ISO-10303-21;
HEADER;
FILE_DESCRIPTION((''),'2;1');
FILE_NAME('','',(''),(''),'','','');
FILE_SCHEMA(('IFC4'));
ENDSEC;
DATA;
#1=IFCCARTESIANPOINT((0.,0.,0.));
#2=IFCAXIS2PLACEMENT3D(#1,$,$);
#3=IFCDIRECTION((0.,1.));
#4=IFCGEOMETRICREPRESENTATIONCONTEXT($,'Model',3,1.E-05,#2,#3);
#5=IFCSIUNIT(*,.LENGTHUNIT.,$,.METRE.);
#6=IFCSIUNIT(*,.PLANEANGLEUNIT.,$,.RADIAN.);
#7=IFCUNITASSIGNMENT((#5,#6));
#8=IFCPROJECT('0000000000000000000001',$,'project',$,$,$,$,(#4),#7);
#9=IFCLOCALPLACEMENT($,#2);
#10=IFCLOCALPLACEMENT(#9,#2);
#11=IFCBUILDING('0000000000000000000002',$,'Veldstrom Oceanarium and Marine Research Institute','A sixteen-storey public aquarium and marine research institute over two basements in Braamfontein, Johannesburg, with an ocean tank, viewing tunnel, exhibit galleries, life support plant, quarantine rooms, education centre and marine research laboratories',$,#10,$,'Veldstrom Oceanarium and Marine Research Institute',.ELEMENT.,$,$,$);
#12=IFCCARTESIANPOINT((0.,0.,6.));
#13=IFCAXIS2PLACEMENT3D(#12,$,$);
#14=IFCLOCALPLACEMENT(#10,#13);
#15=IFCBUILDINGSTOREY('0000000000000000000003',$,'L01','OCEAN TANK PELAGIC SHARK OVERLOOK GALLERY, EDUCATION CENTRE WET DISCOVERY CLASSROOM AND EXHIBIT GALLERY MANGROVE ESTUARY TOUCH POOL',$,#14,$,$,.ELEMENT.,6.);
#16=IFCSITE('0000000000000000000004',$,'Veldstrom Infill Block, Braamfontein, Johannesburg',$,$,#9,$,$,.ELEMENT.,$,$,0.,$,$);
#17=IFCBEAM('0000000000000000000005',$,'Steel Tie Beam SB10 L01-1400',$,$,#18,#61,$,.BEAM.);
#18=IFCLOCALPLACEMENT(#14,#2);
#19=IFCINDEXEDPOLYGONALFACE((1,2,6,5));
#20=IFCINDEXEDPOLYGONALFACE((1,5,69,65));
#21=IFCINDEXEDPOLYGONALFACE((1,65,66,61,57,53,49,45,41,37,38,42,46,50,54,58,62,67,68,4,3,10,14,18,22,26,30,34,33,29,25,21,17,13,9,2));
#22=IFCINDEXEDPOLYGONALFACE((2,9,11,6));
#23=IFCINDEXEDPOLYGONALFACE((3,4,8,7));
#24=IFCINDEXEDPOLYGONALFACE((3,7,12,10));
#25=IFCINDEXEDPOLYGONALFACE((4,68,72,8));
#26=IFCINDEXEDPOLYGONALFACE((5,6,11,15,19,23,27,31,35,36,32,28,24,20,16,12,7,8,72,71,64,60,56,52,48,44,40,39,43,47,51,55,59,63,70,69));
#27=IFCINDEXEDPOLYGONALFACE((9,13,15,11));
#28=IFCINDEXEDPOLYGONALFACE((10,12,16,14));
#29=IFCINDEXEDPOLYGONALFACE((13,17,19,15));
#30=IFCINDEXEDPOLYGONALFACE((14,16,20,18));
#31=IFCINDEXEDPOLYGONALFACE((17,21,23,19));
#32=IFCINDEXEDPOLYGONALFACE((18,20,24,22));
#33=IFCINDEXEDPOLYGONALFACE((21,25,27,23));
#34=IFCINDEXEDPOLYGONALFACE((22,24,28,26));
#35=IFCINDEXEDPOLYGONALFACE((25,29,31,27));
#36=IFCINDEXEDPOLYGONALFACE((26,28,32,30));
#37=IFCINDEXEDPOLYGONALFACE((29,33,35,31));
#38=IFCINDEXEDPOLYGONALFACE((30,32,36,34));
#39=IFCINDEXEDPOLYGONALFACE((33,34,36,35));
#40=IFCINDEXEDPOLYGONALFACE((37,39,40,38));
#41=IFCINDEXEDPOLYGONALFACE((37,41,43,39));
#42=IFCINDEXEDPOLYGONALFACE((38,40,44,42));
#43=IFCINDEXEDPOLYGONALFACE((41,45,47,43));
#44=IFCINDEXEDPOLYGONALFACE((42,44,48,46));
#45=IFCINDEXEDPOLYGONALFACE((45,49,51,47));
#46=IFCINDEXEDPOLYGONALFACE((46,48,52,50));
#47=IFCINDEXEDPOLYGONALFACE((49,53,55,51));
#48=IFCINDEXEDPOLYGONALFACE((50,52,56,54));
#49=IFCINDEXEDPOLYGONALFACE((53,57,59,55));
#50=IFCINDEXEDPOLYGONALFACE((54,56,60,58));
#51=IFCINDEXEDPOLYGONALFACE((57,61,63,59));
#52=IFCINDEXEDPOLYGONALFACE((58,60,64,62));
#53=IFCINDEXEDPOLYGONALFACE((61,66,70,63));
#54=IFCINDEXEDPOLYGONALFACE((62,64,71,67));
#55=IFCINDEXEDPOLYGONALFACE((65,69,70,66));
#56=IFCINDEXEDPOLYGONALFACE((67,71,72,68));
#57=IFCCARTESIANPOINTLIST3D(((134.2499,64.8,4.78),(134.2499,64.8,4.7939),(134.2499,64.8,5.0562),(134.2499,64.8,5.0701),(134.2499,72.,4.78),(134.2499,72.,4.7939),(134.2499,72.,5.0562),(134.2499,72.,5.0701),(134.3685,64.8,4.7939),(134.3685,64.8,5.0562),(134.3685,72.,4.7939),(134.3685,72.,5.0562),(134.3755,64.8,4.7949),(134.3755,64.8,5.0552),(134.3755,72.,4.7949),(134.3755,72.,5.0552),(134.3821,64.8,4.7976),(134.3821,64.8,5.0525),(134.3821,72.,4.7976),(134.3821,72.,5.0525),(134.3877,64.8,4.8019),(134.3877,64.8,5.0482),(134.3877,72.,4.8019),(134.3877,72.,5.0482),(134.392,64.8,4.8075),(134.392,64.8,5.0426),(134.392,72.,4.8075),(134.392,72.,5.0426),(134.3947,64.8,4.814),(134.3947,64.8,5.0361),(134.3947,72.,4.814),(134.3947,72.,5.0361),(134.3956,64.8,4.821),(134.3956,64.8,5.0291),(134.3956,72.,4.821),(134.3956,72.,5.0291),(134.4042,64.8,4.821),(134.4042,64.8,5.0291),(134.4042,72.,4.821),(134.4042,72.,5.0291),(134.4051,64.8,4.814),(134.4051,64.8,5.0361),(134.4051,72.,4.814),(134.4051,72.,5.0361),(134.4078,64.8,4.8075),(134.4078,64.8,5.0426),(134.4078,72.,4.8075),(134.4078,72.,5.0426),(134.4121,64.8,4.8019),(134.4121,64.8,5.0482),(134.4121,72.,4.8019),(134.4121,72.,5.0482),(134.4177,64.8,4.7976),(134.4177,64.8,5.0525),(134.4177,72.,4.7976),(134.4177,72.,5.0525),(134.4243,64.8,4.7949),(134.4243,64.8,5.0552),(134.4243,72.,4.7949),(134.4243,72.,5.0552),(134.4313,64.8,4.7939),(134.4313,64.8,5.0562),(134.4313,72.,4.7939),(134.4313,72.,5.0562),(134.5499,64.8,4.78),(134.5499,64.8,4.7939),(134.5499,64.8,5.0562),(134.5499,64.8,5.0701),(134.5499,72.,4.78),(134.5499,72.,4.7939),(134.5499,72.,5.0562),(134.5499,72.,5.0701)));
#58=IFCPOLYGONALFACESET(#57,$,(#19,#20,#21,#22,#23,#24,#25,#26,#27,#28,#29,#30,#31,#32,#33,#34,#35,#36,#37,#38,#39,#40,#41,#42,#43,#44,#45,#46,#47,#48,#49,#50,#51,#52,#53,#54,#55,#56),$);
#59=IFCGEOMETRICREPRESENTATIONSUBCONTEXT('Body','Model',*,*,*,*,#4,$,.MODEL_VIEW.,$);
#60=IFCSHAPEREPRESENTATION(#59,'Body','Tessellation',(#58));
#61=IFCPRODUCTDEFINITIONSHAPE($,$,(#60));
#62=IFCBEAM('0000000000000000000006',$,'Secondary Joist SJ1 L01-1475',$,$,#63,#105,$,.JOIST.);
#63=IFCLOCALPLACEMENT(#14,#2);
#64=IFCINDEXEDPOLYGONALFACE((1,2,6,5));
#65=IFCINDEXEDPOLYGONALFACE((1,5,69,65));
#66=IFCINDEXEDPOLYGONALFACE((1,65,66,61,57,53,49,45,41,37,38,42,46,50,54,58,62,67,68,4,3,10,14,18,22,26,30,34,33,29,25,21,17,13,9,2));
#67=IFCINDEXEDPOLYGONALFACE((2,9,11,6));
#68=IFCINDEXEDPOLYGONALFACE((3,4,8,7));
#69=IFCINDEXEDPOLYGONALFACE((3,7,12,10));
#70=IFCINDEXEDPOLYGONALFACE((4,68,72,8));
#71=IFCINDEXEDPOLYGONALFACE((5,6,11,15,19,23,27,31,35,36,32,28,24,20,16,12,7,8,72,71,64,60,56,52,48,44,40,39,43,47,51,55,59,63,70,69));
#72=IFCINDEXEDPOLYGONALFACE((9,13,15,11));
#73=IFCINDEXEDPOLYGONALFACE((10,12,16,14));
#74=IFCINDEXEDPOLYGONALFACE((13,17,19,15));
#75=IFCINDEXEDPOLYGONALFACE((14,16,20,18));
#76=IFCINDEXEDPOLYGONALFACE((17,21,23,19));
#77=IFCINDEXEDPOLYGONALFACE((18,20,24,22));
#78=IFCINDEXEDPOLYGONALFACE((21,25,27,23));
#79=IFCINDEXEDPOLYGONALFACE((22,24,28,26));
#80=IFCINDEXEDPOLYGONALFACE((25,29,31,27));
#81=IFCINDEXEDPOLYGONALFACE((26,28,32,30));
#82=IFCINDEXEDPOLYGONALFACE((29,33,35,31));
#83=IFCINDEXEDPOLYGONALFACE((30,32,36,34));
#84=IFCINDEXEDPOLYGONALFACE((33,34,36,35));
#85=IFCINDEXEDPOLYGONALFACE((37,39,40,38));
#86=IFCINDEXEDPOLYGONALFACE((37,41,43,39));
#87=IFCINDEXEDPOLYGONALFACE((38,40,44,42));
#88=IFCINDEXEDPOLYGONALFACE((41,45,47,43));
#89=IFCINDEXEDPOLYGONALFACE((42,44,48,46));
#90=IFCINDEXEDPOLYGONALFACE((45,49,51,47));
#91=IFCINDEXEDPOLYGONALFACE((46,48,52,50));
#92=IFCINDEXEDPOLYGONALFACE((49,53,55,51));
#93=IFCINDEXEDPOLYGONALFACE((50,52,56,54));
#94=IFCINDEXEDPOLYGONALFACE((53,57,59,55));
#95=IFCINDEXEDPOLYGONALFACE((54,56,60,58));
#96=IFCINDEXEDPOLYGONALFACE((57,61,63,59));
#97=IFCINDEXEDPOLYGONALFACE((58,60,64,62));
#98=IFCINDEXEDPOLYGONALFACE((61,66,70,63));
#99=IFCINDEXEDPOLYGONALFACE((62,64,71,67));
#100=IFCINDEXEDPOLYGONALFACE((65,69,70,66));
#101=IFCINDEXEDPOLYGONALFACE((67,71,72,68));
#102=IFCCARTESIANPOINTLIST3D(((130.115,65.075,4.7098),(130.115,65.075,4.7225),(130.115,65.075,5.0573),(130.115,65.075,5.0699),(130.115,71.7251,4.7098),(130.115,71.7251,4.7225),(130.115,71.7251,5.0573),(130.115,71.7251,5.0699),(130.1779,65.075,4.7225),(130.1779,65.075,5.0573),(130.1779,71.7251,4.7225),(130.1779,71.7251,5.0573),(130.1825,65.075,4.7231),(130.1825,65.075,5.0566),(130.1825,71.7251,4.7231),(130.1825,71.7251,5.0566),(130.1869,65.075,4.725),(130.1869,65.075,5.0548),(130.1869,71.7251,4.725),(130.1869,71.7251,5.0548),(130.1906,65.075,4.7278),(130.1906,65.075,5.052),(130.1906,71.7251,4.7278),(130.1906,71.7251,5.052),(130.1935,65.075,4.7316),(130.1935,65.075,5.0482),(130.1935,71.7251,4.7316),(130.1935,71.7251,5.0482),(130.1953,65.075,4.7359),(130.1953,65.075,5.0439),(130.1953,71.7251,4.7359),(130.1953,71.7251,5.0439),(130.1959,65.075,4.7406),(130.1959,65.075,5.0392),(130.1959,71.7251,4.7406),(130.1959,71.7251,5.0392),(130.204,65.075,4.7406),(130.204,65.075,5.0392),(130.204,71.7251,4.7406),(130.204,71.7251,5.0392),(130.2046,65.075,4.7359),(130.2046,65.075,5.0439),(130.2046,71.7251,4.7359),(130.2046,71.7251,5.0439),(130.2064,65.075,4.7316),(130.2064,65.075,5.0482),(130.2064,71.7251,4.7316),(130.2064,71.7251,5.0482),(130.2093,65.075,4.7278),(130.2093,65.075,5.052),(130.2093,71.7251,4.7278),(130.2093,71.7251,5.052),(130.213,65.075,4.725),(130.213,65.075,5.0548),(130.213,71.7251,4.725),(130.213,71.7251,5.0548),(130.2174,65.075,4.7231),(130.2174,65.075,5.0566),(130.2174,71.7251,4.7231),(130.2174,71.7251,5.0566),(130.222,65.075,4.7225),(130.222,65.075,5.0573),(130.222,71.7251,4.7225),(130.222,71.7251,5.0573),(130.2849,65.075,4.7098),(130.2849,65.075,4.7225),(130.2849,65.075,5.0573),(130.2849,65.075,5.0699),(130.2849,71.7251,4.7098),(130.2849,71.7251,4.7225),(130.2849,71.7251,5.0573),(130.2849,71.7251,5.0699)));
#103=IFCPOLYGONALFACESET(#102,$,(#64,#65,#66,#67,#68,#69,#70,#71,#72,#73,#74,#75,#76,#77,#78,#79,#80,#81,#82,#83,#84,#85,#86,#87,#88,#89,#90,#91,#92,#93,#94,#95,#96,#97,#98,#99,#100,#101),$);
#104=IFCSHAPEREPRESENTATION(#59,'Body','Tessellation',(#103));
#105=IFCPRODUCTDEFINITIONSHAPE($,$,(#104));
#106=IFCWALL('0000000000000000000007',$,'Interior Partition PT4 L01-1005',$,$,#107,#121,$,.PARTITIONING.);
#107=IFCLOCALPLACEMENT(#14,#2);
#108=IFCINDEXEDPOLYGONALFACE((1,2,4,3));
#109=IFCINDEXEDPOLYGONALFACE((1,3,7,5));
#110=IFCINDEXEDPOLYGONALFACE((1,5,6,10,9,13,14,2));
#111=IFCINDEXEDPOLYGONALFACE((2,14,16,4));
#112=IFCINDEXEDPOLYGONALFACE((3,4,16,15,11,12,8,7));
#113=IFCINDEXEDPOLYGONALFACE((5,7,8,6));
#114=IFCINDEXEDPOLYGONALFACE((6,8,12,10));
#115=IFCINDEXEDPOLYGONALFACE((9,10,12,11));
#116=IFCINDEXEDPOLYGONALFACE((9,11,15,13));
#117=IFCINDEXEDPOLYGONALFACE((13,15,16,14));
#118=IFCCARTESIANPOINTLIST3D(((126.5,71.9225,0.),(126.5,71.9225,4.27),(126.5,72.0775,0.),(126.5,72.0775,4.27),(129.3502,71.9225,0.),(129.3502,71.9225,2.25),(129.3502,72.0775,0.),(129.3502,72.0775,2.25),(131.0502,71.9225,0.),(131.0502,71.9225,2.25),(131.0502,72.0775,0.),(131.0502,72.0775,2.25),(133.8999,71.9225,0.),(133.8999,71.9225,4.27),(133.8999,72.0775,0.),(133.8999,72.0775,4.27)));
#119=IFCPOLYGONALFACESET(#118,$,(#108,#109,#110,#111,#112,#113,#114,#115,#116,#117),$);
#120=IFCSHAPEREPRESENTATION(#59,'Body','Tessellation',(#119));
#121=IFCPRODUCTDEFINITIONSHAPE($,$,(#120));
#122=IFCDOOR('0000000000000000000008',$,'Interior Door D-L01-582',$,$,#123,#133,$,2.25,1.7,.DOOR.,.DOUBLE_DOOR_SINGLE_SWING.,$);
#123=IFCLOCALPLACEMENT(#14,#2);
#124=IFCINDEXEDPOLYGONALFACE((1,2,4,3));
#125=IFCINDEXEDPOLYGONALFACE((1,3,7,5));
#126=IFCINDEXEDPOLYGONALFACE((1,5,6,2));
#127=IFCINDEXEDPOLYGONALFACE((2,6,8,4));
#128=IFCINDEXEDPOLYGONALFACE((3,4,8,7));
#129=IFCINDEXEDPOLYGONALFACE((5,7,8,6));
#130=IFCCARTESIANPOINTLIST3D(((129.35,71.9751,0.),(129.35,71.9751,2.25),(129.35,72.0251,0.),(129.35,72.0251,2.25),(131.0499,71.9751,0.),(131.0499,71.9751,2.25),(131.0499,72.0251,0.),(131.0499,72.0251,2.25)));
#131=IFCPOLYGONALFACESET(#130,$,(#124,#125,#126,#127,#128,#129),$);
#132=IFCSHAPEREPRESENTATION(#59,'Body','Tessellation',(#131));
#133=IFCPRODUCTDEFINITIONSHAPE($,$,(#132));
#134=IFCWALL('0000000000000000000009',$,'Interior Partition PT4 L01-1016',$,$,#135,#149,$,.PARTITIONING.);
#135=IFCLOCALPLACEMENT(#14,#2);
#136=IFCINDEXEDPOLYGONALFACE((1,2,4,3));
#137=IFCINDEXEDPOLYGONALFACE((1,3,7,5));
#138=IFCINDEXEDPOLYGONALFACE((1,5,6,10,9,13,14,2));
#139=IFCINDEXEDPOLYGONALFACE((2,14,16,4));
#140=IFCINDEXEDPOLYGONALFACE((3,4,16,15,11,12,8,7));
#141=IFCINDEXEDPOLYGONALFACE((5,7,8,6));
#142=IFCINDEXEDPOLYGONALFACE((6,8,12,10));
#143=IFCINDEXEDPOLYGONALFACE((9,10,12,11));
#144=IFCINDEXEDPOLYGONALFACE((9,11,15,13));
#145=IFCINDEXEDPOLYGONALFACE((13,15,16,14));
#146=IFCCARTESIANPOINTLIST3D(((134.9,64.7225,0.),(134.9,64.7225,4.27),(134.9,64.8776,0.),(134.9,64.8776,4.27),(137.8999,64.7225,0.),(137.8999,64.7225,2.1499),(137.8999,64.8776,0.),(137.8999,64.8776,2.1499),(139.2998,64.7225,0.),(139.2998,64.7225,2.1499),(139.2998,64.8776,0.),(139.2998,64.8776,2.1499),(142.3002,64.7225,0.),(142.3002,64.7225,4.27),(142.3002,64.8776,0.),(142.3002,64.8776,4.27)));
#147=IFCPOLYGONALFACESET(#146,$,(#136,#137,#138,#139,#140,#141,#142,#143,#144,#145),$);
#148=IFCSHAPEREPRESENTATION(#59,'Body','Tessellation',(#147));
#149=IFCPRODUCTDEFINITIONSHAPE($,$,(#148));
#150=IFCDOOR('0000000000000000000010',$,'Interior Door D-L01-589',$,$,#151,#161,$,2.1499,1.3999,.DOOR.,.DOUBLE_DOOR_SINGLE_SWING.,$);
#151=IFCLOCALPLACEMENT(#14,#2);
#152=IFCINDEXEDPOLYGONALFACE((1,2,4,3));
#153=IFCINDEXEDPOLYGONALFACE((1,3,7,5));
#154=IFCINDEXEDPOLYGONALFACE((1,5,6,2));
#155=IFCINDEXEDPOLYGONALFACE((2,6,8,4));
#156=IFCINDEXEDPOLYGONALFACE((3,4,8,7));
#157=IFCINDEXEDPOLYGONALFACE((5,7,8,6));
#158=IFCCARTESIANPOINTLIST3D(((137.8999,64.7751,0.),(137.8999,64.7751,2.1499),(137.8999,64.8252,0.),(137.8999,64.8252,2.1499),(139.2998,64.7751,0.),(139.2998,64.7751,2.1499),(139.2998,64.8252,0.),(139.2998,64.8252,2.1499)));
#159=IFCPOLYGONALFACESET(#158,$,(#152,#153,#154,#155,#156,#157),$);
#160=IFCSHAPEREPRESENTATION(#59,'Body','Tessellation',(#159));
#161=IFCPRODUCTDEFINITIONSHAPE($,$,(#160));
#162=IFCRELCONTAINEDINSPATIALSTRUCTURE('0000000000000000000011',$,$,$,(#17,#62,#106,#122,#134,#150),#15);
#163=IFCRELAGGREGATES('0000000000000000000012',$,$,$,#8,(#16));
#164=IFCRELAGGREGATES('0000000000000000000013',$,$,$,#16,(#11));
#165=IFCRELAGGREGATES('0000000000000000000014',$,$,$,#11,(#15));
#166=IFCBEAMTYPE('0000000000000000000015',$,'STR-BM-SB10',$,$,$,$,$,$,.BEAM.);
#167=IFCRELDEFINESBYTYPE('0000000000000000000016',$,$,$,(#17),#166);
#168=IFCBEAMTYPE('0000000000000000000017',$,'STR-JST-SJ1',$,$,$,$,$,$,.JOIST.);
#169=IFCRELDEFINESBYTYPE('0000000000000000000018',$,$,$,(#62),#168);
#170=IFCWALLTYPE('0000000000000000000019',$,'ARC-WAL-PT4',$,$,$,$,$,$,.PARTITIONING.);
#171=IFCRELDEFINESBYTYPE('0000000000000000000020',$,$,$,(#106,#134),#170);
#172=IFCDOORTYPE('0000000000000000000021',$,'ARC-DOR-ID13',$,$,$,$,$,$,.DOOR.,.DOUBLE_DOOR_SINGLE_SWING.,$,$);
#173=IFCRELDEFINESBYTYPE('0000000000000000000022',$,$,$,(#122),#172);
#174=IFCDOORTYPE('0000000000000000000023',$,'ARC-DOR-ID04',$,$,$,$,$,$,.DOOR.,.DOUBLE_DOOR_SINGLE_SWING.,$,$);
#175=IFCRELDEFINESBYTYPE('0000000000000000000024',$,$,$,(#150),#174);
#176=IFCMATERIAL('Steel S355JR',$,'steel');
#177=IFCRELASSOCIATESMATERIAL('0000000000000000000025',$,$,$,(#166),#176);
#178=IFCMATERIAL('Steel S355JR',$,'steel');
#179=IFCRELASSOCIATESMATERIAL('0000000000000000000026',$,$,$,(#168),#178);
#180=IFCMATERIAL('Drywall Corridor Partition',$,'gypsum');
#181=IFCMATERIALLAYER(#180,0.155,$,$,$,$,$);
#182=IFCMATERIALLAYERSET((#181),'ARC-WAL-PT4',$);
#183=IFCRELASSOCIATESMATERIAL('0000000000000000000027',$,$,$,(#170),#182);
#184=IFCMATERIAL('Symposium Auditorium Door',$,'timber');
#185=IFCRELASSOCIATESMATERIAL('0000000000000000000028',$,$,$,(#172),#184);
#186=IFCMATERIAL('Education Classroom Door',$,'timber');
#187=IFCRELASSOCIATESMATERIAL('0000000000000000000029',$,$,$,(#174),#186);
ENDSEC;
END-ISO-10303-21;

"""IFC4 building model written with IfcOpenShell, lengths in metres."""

from ifc_helpers import new_model, si_unit, direction, frame, frame_2d, origin, origin_2d, place, context, subcontext, project, spatial, rectangle, i_section, extrude, material, layer, layer_set, material_profile, profile_set, type_object, element, fill, save


model = new_model("IFC4")

# Units and contexts
model_context = context("Model", 3, precision=1e-05, world=origin(), true_north=direction((0.0, 1.0)))
body_context = subcontext(model_context, "Body", "Model", "MODEL_VIEW")
ifc_project = project(units=[si_unit("LENGTHUNIT", "METRE"), si_unit("PLANEANGLEUNIT", "RADIAN")], contexts=[model_context])

# Site, building, storey
site_placement = place(None, origin())
site = spatial("IfcSite", under=ifc_project, at=site_placement, Name="Veldstrom Infill Block, Braamfontein, Johannesburg", CompositionType="ELEMENT", RefElevation=0.0)
building_placement = place(site_placement, origin())
building = spatial("IfcBuilding", under=site, at=building_placement, Name="Veldstrom Oceanarium and Marine Research Institute", Description="A sixteen-storey public aquarium and marine research institute over two basements in Braamfontein, Johannesburg, with an ocean tank, viewing tunnel, exhibit galleries, life support plant, quarantine rooms, education centre and marine research laboratories", LongName="Veldstrom Oceanarium and Marine Research Institute", CompositionType="ELEMENT")
storey_placement = place(building_placement, frame((0.0, 0.0, 6.0)))
storey = spatial("IfcBuildingStorey", under=building, at=storey_placement, Name="L01", Description="OCEAN TANK PELAGIC SHARK OVERLOOK GALLERY, EDUCATION CENTRE WET DISCOVERY CLASSROOM AND EXHIBIT GALLERY MANGROVE ESTUARY TOUCH POOL", CompositionType="ELEMENT", Elevation=6.0)

# Beams
ifc_material_1 = material(Name="Steel S355JR", Category="steel")
ifc_material_profile_1 = material_profile(ifc_material_1, i_section(OverallWidth=0.3, OverallDepth=0.29, WebThickness=0.0085, FlangeThickness=0.0139, FilletRadius=0.0271, at=origin_2d()), Name="HEA 300")
ifc_profile_set_1 = profile_set([ifc_material_profile_1], Name="Steel S355JR")
beam_type_1 = type_object("IfcBeamType", Name="STR-BM-SB10", PredefinedType="BEAM", material=ifc_profile_set_1)
for number, where, z_axis, x_axis, name in (
    (1, (134.3999, 64.8, 4.925), (0.0, 1.0, 0.0), (-1.0, 0.0, 0.0), "Steel Tie Beam SB10 L01-1400"),
):
    element("IfcBeam", number, at=place(storey_placement, frame(where, z_axis=z_axis, x_axis=x_axis)), inside=storey, type_object=beam_type_1, Name=name, PredefinedType="BEAM", context=body_context, shape_type="SweptSolid", body=[
        extrude(i_section(OverallWidth=0.3, OverallDepth=0.29, WebThickness=0.0085, FlangeThickness=0.0139, FilletRadius=0.0271, at=origin_2d()), origin(), (0.0, 0.0, 1.0), 7.2),
    ])
ifc_material_2 = material(Name="Steel S355JR", Category="steel")
ifc_material_profile_2 = material_profile(ifc_material_2, i_section(OverallWidth=0.1699, OverallDepth=0.3601, WebThickness=0.0081, FlangeThickness=0.0127, FilletRadius=0.0181, at=origin_2d()), Name="IPE 360")
ifc_profile_set_2 = profile_set([ifc_material_profile_2], Name="Steel S355JR")
beam_type_2 = type_object("IfcBeamType", Name="STR-JST-SJ1", PredefinedType="JOIST", material=ifc_profile_set_2)
beam_1_placement = place(storey_placement, frame((130.2, 65.075, 4.8899), z_axis=(0.0, 1.0, 0.0), x_axis=(-1.0, 0.0, 0.0)))
element("IfcBeam", 2, at=beam_1_placement, inside=storey, type_object=beam_type_2, Name="Secondary Joist SJ1 L01-1475", PredefinedType="JOIST", context=body_context, shape_type="SweptSolid", body=[
    extrude(i_section(OverallWidth=0.1699, OverallDepth=0.3601, WebThickness=0.0081, FlangeThickness=0.0127, FilletRadius=0.0181, at=origin_2d()), origin(), (0.0, 0.0, 1.0), 6.6501),
])

# Walls, openings, doors
ifc_material_3 = material(Name="Drywall Corridor Partition", Category="gypsum")
ifc_layer_1 = layer(ifc_material_3, 0.155)
ifc_layer_set_1 = layer_set([ifc_layer_1], Name="ARC-WAL-PT4")
wall_type_1 = type_object("IfcWallType", Name="ARC-WAL-PT4", PredefinedType="PARTITIONING", material=ifc_layer_set_1)
wall_1_placement = place(storey_placement, frame((126.5, 72.0, 0.0), z_axis=(0.0, 0.0, 1.0), x_axis=(1.0, 0.0, 0.0)))
wall_1 = element("IfcWall", 3, at=wall_1_placement, inside=storey, type_object=wall_type_1, Name="Interior Partition PT4 L01-1005", PredefinedType="PARTITIONING", context=body_context, shape_type="SweptSolid", body=[
    extrude(rectangle(XDim=7.3999, YDim=0.155, at=frame_2d((3.7, 0.0))), origin(), (0.0, 0.0, 1.0), 4.27),
])
opening_1_placement = place(wall_1_placement, frame((2.8501, 0.0, 0.0)))
opening_1 = element("IfcOpeningElement", 4, at=opening_1_placement, cuts=wall_1, PredefinedType="OPENING", context=body_context, shape_type="SweptSolid", body=[
    extrude(rectangle(XDim=1.7, YDim=2.25, at=frame_2d((0.8501, 1.125))), frame((0.0, 0.0874, 0.0), z_axis=(0.0, -1.0, 0.0), x_axis=(1.0, 0.0, 0.0)), (0.0, 0.0, 1.0), 0.175),
])
ifc_material_4 = material(Name="Symposium Auditorium Door", Category="timber")
door_type_1 = type_object("IfcDoorType", Name="ARC-DOR-ID13", OperationType="DOUBLE_DOOR_SINGLE_SWING", PredefinedType="DOOR", material=ifc_material_4)
door_1_placement = place(opening_1_placement, frame((1.7, 0.0, 0.0), z_axis=(0.0, 0.0, 1.0), x_axis=(-1.0, 0.0, 0.0)))
door_1 = element("IfcDoor", 5, at=door_1_placement, inside=storey, type_object=door_type_1, Name="Interior Door D-L01-582", OperationType="DOUBLE_DOOR_SINGLE_SWING", OverallHeight=2.25, OverallWidth=1.7, PredefinedType="DOOR", context=body_context, shape_type="SweptSolid", body=[
    extrude(rectangle(XDim=1.7, YDim=2.25, at=frame_2d((0.8501, 1.125))), frame((0.0, 0.0249, 0.0), z_axis=(0.0, -1.0, 0.0), x_axis=(1.0, 0.0, 0.0)), (0.0, 0.0, 1.0), 0.05),
])
fill(opening_1, door_1)
wall_2_placement = place(storey_placement, frame((134.8999, 64.8, 0.0), z_axis=(0.0, 0.0, 1.0), x_axis=(1.0, 0.0, 0.0)))
wall_2 = element("IfcWall", 6, at=wall_2_placement, inside=storey, type_object=wall_type_1, Name="Interior Partition PT4 L01-1016", PredefinedType="PARTITIONING", context=body_context, shape_type="SweptSolid", body=[
    extrude(rectangle(XDim=7.4001, YDim=0.155, at=frame_2d((3.7002, 0.0))), origin(), (0.0, 0.0, 1.0), 4.27),
])
opening_2_placement = place(wall_2_placement, frame((3.0, 0.0, 0.0)))
opening_2 = element("IfcOpeningElement", 7, at=opening_2_placement, cuts=wall_2, PredefinedType="OPENING", context=body_context, shape_type="SweptSolid", body=[
    extrude(rectangle(XDim=1.3999, YDim=2.1499, at=frame_2d((0.7, 1.075))), frame((0.0, 0.0874, 0.0), z_axis=(0.0, -1.0, 0.0), x_axis=(1.0, 0.0, 0.0)), (0.0, 0.0, 1.0), 0.175),
])
ifc_material_5 = material(Name="Education Classroom Door", Category="timber")
door_type_2 = type_object("IfcDoorType", Name="ARC-DOR-ID04", OperationType="DOUBLE_DOOR_SINGLE_SWING", PredefinedType="DOOR", material=ifc_material_5)
door_2_placement = place(opening_2_placement, frame((1.3999, 0.0, 0.0), z_axis=(0.0, 0.0, 1.0), x_axis=(-1.0, 0.0, 0.0)))
door_2 = element("IfcDoor", 8, at=door_2_placement, inside=storey, type_object=door_type_2, Name="Interior Door D-L01-589", OperationType="DOUBLE_DOOR_SINGLE_SWING", OverallHeight=2.1499, OverallWidth=1.3999, PredefinedType="DOOR", context=body_context, shape_type="SweptSolid", body=[
    extrude(rectangle(XDim=1.3999, YDim=2.1499, at=frame_2d((0.7, 1.075))), frame((0.0, 0.0249, 0.0), z_axis=(0.0, -1.0, 0.0), x_axis=(1.0, 0.0, 0.0)), (0.0, 0.0, 1.0), 0.05),
])
fill(opening_2, door_2)

save(model, "model.ifc")
